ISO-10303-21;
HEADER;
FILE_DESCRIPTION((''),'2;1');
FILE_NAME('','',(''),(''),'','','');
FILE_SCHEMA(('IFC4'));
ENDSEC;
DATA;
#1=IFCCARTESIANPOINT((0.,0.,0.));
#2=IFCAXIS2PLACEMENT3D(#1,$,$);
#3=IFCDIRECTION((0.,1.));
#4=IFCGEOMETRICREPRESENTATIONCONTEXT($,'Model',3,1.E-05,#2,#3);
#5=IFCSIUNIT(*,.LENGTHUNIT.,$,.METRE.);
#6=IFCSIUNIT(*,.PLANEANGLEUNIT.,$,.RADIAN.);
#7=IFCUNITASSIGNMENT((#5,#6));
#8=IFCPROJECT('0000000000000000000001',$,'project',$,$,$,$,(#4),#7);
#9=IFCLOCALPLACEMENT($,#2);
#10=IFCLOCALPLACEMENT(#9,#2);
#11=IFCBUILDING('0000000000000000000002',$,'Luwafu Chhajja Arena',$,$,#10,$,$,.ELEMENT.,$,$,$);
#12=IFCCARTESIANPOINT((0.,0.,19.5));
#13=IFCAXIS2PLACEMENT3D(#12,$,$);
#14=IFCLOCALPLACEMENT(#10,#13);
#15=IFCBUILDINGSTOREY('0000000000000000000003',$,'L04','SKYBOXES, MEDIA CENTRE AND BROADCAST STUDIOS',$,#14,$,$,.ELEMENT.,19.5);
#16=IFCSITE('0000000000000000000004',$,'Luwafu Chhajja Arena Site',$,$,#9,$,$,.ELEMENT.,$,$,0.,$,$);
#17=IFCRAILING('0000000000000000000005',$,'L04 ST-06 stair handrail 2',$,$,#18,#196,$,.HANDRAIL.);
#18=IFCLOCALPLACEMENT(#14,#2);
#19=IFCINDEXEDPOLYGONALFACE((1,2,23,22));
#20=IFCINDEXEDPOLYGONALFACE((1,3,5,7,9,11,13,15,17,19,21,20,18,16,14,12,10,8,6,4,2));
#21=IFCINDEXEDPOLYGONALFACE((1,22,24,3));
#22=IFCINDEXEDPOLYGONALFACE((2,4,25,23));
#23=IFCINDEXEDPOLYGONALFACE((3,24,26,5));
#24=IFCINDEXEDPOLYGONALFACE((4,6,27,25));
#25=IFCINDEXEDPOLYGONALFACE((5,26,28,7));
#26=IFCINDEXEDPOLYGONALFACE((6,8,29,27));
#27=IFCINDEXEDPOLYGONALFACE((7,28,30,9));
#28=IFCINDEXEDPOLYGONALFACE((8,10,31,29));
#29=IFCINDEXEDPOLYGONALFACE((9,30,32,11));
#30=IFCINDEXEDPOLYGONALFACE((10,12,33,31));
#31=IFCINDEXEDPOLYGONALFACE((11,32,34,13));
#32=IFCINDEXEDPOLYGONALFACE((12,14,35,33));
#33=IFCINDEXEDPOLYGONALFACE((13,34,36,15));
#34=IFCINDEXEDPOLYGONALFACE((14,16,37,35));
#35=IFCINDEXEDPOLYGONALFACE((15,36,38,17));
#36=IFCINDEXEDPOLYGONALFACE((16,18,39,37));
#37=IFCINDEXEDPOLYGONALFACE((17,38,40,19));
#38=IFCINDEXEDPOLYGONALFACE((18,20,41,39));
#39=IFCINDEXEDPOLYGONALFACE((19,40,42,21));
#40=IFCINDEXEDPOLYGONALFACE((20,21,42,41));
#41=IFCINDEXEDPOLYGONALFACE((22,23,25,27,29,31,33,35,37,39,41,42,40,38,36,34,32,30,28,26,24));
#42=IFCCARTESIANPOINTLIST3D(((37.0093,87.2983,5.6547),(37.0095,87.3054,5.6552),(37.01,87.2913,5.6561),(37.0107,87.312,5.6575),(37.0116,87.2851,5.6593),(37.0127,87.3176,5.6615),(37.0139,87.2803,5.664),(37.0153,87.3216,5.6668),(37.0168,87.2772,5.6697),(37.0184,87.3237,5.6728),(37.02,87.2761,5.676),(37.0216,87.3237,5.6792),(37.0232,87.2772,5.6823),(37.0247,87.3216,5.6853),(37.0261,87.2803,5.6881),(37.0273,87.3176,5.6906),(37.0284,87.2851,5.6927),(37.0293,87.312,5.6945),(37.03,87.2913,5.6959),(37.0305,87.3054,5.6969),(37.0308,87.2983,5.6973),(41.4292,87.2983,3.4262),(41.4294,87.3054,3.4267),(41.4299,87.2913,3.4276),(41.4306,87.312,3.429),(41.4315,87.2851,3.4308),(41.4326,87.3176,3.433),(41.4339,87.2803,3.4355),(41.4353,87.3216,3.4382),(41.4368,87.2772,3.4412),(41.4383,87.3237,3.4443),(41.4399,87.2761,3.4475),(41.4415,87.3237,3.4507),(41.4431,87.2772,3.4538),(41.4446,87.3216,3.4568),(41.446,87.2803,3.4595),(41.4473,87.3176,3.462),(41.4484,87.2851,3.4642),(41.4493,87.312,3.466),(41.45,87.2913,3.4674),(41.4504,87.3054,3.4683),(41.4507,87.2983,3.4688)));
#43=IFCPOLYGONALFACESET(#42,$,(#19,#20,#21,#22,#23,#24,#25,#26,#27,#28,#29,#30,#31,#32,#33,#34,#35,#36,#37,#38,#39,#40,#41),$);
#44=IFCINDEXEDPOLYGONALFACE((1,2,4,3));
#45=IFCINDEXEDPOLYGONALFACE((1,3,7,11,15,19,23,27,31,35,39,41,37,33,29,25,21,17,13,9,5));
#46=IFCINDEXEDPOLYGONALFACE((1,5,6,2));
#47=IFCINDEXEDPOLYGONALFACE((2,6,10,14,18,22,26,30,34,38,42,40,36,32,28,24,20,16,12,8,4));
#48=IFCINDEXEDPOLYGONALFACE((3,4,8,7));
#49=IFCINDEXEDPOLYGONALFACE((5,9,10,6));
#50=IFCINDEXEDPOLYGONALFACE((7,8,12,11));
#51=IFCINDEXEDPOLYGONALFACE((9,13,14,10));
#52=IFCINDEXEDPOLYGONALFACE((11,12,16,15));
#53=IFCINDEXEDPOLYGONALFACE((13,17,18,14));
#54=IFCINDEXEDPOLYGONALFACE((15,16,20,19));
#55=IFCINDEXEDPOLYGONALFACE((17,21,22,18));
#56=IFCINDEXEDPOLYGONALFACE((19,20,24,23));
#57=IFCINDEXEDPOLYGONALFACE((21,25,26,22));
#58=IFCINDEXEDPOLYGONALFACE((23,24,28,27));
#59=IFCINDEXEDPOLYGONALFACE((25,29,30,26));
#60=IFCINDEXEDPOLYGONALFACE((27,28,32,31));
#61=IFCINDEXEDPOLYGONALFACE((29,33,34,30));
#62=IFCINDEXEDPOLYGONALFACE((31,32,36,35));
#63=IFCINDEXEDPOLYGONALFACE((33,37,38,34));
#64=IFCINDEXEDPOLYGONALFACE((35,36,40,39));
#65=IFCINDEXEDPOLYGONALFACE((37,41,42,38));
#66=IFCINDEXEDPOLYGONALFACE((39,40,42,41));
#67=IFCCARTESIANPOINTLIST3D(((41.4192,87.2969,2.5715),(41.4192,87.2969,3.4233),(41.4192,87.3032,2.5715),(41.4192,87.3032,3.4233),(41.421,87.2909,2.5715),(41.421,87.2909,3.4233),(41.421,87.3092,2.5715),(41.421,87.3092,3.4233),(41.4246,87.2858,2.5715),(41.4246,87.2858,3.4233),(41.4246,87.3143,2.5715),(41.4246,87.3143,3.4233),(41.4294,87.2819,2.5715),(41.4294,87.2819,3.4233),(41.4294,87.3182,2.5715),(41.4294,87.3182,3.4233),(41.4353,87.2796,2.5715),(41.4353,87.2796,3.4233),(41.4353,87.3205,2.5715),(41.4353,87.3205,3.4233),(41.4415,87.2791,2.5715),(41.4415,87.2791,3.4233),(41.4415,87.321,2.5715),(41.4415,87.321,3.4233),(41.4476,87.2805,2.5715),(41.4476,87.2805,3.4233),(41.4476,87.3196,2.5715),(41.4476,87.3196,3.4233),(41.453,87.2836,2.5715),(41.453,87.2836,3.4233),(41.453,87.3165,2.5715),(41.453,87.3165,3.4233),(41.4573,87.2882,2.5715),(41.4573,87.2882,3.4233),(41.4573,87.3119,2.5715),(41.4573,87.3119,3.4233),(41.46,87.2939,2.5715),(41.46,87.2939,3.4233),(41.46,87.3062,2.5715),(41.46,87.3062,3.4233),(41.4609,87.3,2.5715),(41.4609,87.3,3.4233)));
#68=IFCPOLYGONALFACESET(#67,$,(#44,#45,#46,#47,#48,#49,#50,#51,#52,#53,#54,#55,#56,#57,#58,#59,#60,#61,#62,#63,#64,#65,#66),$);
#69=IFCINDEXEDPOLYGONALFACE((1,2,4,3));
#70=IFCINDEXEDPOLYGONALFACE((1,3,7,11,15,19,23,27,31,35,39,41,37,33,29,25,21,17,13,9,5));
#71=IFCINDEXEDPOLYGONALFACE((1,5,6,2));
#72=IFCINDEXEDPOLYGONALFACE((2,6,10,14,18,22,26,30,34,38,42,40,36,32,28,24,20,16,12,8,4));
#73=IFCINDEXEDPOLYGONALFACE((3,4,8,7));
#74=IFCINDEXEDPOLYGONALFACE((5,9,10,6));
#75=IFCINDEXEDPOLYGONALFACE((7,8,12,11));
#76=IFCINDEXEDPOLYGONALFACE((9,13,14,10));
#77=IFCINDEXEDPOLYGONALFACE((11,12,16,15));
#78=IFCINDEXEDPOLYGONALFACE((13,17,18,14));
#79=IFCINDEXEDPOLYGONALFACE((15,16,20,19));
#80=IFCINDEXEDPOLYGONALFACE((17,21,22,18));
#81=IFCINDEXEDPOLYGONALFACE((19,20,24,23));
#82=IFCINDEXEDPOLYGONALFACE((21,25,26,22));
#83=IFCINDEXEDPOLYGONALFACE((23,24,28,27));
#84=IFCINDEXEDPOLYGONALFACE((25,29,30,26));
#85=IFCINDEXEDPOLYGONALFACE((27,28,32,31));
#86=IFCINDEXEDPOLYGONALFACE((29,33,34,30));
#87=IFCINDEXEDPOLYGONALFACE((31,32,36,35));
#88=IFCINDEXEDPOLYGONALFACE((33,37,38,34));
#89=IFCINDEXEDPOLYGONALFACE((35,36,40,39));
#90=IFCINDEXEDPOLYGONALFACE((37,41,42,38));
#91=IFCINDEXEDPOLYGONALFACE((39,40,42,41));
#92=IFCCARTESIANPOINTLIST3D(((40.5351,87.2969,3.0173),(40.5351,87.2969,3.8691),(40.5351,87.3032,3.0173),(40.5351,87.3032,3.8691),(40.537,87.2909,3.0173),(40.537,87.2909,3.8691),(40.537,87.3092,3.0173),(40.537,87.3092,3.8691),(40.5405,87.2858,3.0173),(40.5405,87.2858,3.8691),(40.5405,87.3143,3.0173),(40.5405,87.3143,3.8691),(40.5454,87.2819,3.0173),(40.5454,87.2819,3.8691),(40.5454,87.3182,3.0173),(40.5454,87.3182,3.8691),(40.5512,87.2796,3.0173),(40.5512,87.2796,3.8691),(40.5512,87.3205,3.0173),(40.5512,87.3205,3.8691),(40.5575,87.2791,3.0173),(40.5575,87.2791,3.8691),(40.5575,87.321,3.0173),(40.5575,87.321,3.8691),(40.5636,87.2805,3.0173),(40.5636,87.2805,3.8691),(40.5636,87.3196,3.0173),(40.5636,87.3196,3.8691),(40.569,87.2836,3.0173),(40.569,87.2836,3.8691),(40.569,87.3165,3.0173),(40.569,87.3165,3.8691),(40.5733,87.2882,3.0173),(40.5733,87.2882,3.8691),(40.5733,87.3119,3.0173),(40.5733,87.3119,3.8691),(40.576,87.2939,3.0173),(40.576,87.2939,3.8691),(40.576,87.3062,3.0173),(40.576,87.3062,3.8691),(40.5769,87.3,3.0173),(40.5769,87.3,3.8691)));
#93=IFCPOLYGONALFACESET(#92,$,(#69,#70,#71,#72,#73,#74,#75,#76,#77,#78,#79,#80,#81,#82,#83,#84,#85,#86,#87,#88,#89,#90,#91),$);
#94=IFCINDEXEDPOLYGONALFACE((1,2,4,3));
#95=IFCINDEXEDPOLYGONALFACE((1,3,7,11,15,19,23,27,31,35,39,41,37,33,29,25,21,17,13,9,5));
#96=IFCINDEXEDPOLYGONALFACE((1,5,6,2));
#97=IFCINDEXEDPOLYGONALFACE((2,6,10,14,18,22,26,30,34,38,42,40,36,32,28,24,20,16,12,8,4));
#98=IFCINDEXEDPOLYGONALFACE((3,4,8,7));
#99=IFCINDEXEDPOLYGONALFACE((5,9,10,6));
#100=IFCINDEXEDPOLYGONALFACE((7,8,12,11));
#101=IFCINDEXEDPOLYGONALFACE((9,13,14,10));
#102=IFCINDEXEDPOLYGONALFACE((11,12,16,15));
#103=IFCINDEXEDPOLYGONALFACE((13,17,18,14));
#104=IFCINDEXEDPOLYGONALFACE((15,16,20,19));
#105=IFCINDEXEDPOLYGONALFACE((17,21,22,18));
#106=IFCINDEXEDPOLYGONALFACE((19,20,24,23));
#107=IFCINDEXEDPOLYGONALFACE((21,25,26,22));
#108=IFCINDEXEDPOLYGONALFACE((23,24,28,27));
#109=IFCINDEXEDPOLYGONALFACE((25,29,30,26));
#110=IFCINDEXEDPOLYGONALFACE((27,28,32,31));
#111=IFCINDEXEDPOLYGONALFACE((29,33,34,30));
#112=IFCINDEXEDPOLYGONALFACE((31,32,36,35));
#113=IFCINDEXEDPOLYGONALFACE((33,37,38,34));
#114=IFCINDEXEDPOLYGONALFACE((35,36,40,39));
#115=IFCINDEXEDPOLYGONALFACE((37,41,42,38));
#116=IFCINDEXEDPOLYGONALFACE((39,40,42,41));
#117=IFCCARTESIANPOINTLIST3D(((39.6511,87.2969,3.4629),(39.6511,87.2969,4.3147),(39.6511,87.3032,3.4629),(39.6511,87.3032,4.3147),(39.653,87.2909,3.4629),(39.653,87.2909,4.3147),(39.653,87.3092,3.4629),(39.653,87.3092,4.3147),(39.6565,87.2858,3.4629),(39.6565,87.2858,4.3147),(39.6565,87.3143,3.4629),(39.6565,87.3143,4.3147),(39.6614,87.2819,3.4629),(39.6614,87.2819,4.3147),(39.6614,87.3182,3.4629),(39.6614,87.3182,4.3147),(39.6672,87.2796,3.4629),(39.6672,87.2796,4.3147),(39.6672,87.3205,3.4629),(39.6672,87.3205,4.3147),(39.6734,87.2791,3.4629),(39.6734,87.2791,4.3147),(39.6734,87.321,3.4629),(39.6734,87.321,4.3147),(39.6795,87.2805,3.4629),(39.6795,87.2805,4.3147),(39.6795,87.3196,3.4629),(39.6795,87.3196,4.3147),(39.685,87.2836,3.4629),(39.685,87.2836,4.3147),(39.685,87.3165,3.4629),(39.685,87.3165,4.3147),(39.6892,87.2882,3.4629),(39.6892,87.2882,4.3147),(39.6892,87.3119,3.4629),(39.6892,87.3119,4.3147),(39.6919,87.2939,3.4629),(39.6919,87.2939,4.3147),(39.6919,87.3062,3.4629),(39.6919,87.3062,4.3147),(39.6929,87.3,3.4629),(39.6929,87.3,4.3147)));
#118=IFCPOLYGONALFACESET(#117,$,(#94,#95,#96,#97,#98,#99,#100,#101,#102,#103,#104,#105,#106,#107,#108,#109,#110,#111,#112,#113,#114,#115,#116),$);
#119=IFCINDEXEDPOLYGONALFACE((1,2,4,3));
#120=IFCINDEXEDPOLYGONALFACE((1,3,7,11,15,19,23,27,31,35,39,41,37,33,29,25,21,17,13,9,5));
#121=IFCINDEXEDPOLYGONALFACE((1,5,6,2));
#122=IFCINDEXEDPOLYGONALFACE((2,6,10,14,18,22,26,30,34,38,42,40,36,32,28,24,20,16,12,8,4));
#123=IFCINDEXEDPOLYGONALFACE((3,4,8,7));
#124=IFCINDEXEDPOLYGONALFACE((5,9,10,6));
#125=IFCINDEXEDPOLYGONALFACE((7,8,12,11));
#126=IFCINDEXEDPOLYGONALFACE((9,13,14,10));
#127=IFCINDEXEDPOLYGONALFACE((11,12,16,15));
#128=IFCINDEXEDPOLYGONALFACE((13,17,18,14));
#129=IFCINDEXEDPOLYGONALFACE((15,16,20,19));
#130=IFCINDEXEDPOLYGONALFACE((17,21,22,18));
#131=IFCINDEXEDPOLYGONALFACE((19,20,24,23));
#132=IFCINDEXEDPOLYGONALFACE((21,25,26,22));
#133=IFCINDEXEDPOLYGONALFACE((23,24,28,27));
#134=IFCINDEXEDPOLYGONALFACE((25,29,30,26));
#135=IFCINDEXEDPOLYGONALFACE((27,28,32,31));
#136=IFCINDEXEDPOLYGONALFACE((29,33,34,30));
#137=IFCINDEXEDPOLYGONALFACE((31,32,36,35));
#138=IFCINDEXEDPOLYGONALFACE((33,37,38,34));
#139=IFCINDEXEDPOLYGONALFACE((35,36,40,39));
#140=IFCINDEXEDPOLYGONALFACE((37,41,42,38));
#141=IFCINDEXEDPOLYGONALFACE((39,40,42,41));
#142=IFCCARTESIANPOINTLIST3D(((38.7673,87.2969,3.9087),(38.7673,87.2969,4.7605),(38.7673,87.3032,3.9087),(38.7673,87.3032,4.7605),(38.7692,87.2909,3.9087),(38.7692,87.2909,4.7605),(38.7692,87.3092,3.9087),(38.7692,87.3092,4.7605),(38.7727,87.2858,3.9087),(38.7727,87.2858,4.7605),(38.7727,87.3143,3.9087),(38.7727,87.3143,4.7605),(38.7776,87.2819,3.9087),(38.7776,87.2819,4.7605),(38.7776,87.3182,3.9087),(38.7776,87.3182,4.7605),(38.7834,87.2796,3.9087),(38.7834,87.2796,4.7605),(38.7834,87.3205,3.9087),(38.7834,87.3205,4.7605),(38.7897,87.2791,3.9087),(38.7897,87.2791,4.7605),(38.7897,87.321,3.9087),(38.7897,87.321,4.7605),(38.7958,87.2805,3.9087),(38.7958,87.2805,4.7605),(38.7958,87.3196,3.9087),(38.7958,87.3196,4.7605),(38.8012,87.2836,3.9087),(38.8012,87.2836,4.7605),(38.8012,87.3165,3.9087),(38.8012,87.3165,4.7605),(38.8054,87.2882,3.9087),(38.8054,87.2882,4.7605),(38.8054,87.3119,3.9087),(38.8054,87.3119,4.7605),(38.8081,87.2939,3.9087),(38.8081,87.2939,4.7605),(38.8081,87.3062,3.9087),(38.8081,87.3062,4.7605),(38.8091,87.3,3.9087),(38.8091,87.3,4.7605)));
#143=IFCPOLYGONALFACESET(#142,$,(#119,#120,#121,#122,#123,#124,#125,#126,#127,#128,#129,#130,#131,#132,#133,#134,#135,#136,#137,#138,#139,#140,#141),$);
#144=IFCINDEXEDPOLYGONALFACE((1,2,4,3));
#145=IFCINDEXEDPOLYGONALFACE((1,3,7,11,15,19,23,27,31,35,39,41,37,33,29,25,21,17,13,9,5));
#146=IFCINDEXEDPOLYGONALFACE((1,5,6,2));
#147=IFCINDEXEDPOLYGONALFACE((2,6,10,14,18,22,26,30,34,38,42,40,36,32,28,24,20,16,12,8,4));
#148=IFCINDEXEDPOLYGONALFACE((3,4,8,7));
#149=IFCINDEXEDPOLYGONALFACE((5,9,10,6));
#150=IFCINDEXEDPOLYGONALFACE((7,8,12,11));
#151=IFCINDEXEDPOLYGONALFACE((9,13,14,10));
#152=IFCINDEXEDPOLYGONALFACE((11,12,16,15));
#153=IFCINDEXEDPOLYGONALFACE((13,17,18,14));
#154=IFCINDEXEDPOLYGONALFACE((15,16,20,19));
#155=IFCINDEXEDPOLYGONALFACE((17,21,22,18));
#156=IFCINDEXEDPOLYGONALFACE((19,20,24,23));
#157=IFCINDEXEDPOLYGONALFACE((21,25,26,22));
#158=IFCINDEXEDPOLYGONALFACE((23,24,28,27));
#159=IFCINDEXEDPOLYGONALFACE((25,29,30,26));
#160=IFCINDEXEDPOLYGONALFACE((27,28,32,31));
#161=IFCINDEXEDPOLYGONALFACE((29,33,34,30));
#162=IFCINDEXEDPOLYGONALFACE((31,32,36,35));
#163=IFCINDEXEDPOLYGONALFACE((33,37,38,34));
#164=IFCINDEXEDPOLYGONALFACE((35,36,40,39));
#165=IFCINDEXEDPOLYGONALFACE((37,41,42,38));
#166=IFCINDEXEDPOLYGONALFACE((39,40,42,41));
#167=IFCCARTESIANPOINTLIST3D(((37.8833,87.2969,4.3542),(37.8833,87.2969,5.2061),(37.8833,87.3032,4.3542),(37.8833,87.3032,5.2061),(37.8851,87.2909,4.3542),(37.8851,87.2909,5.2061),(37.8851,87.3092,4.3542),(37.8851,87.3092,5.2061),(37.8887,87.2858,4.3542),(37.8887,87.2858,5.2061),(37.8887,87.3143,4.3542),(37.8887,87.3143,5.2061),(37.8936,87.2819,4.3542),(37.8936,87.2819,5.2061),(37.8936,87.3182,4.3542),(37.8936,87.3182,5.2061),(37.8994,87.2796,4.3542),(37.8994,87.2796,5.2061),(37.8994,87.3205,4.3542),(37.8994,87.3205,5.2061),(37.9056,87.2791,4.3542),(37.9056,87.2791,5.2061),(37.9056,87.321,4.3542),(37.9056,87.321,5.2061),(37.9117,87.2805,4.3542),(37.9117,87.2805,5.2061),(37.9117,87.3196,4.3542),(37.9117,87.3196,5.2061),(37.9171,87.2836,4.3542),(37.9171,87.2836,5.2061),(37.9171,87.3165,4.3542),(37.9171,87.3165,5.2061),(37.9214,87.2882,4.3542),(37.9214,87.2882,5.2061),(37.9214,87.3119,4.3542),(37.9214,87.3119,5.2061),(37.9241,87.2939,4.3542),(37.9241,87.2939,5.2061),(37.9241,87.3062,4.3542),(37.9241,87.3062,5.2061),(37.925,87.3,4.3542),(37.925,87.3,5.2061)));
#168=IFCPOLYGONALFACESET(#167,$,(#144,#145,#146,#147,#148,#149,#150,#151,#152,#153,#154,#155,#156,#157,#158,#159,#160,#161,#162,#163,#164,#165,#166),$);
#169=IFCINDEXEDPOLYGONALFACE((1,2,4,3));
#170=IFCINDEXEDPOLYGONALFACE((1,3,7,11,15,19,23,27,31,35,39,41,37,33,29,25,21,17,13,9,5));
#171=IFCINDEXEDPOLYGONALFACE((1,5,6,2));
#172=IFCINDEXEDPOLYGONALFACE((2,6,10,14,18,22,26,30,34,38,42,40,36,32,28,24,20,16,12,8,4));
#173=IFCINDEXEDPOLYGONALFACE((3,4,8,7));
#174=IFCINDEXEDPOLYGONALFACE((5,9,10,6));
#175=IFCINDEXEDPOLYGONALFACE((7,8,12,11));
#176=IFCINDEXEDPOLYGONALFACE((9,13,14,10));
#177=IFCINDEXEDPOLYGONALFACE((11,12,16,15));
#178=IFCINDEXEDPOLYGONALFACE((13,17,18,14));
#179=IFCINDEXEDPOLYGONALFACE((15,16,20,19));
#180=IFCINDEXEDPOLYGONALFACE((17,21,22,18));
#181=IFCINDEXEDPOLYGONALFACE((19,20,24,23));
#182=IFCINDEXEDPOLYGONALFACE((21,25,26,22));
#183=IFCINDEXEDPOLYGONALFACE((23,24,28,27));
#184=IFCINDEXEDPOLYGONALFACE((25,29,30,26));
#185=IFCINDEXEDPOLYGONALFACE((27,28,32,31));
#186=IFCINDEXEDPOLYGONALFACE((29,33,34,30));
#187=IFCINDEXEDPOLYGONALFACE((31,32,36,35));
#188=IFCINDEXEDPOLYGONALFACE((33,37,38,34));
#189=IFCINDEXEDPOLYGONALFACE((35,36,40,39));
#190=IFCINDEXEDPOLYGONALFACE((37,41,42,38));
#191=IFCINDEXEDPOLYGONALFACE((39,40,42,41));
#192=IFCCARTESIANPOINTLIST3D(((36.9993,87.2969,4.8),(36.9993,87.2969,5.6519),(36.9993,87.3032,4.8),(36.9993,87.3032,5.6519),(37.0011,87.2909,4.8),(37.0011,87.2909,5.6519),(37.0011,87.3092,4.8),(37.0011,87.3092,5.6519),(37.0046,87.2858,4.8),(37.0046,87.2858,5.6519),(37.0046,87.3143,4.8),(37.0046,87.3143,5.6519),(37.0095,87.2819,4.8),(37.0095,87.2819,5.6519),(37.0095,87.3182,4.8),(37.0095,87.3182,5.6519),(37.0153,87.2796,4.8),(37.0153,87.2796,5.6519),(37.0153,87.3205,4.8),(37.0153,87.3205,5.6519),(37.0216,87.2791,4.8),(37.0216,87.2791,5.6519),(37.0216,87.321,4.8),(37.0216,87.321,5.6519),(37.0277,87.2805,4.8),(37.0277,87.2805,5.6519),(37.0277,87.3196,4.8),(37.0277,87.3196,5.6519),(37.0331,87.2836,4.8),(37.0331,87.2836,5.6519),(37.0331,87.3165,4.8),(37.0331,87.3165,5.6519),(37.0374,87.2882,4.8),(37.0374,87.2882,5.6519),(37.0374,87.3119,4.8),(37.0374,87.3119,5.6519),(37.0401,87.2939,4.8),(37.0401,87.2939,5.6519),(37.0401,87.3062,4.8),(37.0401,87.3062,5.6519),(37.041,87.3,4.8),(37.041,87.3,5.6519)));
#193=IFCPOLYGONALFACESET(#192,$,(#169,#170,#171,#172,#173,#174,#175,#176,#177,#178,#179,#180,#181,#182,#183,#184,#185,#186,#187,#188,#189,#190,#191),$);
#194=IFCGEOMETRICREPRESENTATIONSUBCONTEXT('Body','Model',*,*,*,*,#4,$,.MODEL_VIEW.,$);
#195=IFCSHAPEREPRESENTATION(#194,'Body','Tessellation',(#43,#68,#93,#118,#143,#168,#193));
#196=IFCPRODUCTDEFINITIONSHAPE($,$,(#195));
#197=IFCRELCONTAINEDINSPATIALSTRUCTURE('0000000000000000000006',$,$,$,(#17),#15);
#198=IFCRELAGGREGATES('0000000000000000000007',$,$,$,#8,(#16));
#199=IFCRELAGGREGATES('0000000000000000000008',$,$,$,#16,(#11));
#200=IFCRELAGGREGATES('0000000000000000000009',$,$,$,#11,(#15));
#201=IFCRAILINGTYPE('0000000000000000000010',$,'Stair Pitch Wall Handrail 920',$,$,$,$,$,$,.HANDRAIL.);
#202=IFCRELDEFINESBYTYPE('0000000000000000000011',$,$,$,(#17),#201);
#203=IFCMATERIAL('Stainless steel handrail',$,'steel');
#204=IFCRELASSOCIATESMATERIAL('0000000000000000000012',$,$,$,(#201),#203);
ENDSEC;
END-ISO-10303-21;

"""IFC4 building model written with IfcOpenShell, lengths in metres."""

from ifc_helpers import new_model, si_unit, direction, frame, origin, origin_2d, place, context, subcontext, project, spatial, circle, extrude, material, type_object, element, save


model = new_model("IFC4")

# Units and contexts
model_context = context("Model", 3, precision=1e-05, world=origin(), true_north=direction((0.0, 1.0)))
body_context = subcontext(model_context, "Body", "Model", "MODEL_VIEW")
ifc_project = project(units=[si_unit("LENGTHUNIT", "METRE"), si_unit("PLANEANGLEUNIT", "RADIAN")], contexts=[model_context])

# Site, building, storey
site_placement = place(None, origin())
site = spatial("IfcSite", under=ifc_project, at=site_placement, Name="Luwafu Chhajja Arena Site", CompositionType="ELEMENT", RefElevation=0.0)
building_placement = place(site_placement, origin())
building = spatial("IfcBuilding", under=site, at=building_placement, Name="Luwafu Chhajja Arena", CompositionType="ELEMENT")
storey_placement = place(building_placement, frame((0.0, 0.0, 19.5)))
storey = spatial("IfcBuildingStorey", under=building, at=storey_placement, Name="L04", Description="SKYBOXES, MEDIA CENTRE AND BROADCAST STUDIOS", CompositionType="ELEMENT", Elevation=19.5)

# Railing
ifc_material_1 = material(Name="Stainless steel handrail", Category="steel")
railing_type_1 = type_object("IfcRailingType", Name="Stair Pitch Wall Handrail 920", PredefinedType="HANDRAIL", material=ifc_material_1)
railing_1_placement = place(storey_placement, frame((41.4399, 87.3, 2.5715)))
element("IfcRailing", 1, at=railing_1_placement, inside=storey, type_object=railing_type_1, Name="L04 ST-06 stair handrail 2", PredefinedType="HANDRAIL", context=body_context, shape_type="SweptSolid", body=[
    extrude(circle(Radius=0.0239, at=origin_2d()), frame((0.0, 0.0, 0.876), z_axis=(-0.892923, 0.0, 0.45021), x_axis=(0.0, -1.0, 0.0)), (0.0, 0.0, 1.0), 4.95),
    extrude(circle(Radius=0.021, at=origin_2d()), origin(), (0.0, 0.0, 1.0), 0.8518),
    extrude(circle(Radius=0.021, at=origin_2d()), frame((-0.884, 0.0, 0.4458)), (0.0, 0.0, 1.0), 0.8518),
    extrude(circle(Radius=0.021, at=origin_2d()), frame((-1.7681, 0.0, 0.8914)), (0.0, 0.0, 1.0), 0.8518),
    extrude(circle(Radius=0.021, at=origin_2d()), frame((-2.6519, 0.0, 1.3372)), (0.0, 0.0, 1.0), 0.8518),
    extrude(circle(Radius=0.021, at=origin_2d()), frame((-3.5359, 0.0, 1.7827)), (0.0, 0.0, 1.0), 0.8518),
    extrude(circle(Radius=0.021, at=origin_2d()), frame((-4.4199, 0.0, 2.2285)), (0.0, 0.0, 1.0), 0.8518),
])

save(model, "model.ifc")
